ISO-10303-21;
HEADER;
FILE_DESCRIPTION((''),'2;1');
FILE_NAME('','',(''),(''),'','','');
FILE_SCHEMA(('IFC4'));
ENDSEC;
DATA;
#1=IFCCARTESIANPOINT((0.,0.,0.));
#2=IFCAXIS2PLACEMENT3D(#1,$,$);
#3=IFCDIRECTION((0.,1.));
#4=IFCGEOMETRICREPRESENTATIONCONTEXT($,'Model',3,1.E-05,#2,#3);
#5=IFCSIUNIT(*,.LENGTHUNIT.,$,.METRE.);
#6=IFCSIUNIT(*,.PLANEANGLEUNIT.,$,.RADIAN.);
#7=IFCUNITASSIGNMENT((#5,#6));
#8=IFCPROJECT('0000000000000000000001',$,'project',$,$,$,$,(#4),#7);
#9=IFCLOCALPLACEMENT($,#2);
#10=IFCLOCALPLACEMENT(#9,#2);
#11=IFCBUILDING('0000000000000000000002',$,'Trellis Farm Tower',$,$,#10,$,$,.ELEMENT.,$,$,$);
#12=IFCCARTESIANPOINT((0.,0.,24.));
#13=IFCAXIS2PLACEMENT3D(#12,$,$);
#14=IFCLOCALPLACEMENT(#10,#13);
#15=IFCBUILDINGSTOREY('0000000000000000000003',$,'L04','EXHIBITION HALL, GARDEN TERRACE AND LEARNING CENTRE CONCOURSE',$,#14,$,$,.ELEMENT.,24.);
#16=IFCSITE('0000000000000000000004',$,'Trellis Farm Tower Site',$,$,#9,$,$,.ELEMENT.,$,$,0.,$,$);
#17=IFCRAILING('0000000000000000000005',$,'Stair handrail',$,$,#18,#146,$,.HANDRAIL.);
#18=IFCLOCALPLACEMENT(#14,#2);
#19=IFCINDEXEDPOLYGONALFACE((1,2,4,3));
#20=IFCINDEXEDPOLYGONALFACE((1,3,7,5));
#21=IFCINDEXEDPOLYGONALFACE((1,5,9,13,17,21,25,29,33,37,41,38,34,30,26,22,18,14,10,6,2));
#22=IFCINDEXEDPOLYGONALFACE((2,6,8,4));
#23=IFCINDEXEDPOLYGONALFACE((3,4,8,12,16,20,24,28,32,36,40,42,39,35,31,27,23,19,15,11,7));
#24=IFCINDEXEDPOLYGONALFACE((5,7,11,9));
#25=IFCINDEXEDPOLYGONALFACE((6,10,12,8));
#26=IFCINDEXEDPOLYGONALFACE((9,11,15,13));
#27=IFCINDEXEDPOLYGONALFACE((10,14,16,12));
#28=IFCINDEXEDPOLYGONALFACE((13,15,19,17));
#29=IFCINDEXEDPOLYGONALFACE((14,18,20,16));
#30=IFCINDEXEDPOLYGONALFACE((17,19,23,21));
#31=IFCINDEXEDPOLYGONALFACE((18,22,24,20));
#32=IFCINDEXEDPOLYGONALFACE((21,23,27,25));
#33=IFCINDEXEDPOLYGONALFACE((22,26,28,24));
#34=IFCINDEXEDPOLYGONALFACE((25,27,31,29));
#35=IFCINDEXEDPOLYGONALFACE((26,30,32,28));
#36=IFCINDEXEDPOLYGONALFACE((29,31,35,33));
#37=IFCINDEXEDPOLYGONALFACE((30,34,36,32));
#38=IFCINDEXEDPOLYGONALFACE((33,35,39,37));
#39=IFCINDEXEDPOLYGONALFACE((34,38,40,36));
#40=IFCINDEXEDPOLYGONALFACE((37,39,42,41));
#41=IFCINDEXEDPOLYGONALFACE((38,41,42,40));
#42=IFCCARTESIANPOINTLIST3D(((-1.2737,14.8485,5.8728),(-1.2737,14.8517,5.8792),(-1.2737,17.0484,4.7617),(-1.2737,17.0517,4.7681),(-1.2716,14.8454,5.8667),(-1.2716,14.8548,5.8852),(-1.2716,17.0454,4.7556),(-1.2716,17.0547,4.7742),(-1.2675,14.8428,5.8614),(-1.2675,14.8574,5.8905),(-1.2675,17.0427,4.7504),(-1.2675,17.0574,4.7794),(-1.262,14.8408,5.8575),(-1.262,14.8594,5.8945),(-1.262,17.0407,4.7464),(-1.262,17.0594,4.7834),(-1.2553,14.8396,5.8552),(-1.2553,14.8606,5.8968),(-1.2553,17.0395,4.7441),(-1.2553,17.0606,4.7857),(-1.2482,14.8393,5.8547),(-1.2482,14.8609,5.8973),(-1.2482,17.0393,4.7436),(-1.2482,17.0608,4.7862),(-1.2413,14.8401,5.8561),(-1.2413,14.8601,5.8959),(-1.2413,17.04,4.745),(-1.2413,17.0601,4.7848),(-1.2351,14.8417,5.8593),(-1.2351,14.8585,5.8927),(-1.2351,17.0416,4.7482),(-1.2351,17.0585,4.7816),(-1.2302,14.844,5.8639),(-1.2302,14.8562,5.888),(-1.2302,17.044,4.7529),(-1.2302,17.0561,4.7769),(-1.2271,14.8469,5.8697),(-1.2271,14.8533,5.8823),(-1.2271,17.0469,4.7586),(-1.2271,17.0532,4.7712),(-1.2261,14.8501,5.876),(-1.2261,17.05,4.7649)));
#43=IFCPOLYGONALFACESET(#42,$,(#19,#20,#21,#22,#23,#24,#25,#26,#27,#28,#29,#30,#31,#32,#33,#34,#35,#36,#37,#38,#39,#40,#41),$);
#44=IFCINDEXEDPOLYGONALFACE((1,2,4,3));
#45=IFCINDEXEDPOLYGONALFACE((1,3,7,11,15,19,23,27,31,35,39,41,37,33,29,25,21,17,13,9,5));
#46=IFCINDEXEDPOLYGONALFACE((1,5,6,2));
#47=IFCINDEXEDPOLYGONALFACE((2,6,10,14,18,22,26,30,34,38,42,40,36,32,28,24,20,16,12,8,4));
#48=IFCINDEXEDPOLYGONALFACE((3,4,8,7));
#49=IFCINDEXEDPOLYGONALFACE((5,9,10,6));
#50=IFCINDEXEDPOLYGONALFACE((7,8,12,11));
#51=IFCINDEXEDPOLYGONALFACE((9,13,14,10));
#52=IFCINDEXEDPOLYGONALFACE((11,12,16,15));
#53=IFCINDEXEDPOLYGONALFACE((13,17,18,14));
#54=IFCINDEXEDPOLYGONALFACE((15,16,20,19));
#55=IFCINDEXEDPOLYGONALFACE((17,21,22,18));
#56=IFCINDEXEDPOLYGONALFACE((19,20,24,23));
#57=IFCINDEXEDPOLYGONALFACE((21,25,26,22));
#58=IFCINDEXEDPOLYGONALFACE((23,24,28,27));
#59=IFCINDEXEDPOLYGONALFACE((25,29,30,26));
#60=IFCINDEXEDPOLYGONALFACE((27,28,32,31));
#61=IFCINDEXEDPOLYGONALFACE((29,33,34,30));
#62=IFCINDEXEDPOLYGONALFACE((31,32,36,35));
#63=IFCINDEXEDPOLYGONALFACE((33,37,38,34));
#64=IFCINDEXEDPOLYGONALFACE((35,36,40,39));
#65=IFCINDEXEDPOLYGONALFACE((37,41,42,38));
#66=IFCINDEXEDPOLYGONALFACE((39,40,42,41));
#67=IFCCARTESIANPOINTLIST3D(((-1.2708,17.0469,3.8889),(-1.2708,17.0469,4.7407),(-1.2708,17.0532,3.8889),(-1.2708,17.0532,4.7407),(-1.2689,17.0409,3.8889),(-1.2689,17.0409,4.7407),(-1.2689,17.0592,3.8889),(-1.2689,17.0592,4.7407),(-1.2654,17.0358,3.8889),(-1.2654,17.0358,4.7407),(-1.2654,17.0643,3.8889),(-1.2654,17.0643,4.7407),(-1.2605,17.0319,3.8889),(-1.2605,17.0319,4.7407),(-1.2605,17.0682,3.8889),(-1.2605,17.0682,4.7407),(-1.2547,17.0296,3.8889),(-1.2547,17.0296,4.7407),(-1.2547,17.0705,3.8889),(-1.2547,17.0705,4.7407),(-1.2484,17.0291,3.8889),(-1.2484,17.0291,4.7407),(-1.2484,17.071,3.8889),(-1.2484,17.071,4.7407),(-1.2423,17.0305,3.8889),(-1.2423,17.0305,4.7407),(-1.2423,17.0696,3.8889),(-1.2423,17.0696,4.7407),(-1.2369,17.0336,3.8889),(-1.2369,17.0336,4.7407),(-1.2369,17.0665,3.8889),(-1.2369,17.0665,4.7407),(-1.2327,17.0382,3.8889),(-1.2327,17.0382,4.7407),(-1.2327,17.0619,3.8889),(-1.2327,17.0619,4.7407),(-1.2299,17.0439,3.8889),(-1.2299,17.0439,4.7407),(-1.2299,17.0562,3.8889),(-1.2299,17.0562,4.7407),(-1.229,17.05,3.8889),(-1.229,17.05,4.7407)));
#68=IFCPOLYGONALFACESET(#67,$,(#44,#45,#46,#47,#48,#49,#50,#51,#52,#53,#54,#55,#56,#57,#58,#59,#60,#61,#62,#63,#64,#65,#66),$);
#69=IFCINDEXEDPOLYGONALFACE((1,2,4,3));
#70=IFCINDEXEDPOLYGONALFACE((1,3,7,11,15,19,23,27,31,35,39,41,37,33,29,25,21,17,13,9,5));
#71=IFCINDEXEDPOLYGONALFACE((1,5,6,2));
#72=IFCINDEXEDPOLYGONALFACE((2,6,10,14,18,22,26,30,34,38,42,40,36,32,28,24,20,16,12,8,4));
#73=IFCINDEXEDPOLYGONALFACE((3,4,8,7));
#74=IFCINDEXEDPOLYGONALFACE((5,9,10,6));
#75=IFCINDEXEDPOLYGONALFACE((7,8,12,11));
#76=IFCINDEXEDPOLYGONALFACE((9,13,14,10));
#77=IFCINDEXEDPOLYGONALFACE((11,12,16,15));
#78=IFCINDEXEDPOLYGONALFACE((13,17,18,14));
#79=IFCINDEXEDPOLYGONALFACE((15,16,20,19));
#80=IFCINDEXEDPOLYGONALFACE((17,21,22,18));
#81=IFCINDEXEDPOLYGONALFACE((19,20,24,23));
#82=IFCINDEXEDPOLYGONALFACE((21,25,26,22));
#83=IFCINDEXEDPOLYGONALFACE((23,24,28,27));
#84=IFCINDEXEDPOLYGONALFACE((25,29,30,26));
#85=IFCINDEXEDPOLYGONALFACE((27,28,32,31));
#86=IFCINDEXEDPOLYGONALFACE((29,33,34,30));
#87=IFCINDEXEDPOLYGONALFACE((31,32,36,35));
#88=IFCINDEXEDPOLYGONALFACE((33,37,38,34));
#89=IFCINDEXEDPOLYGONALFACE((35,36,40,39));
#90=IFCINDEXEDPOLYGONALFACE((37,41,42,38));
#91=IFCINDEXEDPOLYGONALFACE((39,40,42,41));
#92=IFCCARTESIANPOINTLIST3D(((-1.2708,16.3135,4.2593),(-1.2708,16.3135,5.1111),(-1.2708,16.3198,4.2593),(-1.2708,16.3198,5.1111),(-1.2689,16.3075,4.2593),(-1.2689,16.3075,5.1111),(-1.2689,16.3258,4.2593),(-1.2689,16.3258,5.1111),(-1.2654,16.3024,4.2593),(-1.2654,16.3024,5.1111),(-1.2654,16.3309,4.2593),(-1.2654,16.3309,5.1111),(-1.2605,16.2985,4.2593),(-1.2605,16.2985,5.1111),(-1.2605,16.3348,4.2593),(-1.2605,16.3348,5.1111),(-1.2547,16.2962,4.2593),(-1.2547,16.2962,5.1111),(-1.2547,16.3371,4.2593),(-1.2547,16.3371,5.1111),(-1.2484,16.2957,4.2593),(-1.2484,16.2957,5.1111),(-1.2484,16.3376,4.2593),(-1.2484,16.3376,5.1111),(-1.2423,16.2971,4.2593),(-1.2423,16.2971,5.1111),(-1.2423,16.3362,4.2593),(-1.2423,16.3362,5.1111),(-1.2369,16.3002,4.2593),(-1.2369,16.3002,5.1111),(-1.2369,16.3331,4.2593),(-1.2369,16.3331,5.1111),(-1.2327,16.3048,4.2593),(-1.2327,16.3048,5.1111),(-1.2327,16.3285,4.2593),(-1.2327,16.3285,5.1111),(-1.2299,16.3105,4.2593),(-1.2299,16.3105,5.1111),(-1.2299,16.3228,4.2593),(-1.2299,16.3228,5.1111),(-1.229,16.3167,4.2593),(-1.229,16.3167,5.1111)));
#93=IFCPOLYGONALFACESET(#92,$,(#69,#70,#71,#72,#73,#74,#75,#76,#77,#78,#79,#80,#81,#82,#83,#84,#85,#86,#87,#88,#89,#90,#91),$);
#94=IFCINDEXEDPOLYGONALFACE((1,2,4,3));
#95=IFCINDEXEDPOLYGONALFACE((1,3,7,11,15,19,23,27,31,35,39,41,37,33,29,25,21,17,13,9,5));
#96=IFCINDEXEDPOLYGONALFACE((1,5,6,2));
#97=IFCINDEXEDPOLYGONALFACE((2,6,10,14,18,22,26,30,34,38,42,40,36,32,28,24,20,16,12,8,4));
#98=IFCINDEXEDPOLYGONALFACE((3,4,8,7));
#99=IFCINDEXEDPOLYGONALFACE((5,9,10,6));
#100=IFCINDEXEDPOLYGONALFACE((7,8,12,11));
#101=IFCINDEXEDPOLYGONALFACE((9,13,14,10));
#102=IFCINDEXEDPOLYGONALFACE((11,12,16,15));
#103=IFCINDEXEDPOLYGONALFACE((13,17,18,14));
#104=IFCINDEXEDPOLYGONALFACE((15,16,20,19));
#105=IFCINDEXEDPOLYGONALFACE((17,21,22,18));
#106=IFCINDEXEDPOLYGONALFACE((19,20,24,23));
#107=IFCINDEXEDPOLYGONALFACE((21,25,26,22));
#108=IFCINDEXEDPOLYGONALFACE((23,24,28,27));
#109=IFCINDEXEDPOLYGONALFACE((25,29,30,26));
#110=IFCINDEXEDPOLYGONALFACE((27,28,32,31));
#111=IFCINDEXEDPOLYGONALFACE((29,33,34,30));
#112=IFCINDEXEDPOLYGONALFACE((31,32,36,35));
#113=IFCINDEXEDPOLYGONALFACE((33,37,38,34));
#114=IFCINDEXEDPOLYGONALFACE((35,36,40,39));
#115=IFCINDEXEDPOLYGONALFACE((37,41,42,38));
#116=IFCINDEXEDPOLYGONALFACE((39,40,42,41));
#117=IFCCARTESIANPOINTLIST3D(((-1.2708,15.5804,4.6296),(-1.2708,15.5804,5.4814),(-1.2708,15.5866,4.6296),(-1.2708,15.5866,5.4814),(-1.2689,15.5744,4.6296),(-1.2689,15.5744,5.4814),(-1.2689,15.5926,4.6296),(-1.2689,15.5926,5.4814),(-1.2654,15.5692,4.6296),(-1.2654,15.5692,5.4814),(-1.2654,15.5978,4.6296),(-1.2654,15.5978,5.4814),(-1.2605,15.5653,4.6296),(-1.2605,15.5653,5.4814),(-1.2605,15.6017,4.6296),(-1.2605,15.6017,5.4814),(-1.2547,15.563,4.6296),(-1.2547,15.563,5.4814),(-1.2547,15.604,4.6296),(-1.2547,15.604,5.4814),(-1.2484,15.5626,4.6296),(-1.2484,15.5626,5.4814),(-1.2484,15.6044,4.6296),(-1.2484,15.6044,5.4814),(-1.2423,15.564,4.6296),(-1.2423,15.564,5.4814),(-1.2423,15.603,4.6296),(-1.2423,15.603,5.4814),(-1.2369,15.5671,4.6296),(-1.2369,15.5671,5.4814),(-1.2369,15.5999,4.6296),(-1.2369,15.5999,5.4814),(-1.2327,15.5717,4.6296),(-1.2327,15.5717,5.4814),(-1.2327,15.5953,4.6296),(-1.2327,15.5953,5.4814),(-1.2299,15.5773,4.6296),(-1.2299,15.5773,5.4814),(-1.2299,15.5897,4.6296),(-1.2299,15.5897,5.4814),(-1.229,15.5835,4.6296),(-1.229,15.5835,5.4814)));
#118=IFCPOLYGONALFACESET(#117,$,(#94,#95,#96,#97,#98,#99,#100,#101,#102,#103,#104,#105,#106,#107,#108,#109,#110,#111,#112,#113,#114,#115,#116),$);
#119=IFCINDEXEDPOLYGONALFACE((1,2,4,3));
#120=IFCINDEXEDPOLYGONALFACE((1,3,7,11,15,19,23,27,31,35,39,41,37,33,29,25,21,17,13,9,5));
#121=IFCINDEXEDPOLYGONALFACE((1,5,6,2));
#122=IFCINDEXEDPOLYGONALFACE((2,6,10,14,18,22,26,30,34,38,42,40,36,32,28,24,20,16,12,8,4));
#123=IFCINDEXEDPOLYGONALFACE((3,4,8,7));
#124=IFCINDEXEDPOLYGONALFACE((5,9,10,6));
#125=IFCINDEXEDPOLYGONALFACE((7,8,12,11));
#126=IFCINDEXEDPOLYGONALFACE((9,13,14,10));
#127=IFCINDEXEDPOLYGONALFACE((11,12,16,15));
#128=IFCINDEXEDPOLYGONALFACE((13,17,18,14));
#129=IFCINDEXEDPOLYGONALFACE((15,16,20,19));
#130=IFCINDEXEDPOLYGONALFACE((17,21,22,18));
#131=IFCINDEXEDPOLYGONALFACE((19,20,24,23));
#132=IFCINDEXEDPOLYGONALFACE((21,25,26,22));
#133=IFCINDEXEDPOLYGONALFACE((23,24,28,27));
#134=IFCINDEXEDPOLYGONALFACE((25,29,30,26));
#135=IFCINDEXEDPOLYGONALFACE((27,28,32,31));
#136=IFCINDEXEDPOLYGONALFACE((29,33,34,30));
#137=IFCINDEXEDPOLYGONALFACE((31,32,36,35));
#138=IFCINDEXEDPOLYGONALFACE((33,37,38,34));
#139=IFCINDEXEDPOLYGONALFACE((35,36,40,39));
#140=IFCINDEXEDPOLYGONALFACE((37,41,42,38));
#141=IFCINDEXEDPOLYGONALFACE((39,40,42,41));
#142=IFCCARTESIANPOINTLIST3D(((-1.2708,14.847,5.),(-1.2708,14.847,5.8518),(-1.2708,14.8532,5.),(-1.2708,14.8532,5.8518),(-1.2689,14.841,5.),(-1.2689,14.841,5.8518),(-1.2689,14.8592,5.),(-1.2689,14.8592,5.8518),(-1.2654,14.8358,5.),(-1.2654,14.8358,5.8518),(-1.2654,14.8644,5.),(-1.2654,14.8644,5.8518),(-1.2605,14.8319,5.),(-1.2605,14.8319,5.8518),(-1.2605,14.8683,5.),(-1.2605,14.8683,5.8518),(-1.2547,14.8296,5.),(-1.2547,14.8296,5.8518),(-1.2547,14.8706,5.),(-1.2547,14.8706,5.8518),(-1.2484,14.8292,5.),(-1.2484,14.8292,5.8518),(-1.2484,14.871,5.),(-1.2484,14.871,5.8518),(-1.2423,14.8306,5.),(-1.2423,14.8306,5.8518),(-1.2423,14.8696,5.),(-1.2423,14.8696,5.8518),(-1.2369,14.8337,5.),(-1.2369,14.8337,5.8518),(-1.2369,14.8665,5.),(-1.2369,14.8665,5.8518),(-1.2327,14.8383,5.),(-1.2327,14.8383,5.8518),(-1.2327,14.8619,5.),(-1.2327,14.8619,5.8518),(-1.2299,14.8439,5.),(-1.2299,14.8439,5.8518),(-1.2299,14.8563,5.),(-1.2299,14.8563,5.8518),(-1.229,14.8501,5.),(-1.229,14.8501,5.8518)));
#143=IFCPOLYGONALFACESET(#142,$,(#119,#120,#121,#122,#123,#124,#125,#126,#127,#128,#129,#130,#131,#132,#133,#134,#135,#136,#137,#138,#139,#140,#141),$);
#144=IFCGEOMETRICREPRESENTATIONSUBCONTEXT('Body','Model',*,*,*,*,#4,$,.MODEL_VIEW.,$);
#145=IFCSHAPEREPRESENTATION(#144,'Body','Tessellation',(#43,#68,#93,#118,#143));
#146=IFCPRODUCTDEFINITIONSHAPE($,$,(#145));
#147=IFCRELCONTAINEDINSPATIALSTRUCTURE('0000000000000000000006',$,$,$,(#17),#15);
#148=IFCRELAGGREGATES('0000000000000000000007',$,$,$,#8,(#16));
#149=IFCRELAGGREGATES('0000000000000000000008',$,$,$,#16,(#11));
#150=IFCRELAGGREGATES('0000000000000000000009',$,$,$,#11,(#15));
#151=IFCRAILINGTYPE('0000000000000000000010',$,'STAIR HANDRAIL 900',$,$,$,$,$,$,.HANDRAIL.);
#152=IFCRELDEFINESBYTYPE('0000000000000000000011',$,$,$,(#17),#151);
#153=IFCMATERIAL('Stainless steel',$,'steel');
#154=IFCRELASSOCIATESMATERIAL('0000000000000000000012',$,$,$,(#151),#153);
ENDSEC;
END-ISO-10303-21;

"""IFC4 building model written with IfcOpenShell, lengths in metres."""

from ifc_helpers import new_model, si_unit, direction, frame, origin, origin_2d, place, context, subcontext, project, spatial, circle, extrude, source, transform, mapped, material, type_object, element, save


model = new_model("IFC4")

# Units and contexts
model_context = context("Model", 3, precision=1e-05, world=origin(), true_north=direction((0.0, 1.0)))
body_context = subcontext(model_context, "Body", "Model", "MODEL_VIEW")
ifc_project = project(units=[si_unit("LENGTHUNIT", "METRE"), si_unit("PLANEANGLEUNIT", "RADIAN")], contexts=[model_context])

# Site, building, storey
site_placement = place(None, origin())
site = spatial("IfcSite", under=ifc_project, at=site_placement, Name="Trellis Farm Tower Site", CompositionType="ELEMENT", RefElevation=0.0)
building_placement = place(site_placement, origin())
building = spatial("IfcBuilding", under=site, at=building_placement, Name="Trellis Farm Tower", CompositionType="ELEMENT")
storey_placement = place(building_placement, frame((0.0, 0.0, 24.0)))
storey = spatial("IfcBuildingStorey", under=building, at=storey_placement, Name="L04", Description="EXHIBITION HALL, GARDEN TERRACE AND LEARNING CENTRE CONCOURSE", CompositionType="ELEMENT", Elevation=24.0)

# Railing
ifc_material_1 = material(Name="Stainless steel", Category="steel")
railing_type = type_object("IfcRailingType", Name="STAIR HANDRAIL 900", PredefinedType="HANDRAIL", material=ifc_material_1)
shared_shape_1 = source(origin(), body_context, "Body", "SweptSolid", [
    extrude(circle(Radius=0.0239, at=origin_2d()), frame((0.0, 0.0, 0.876), z_axis=(0.0, -0.892617, 0.450816), x_axis=(1.0, 0.0, 0.0)), (0.0, 0.0, 1.0), 2.4646),
    extrude(circle(Radius=0.021, at=origin_2d()), origin(), (0.0, 0.0, 1.0), 0.8518),
    extrude(circle(Radius=0.021, at=origin_2d()), frame((0.0, -0.7334, 0.3704)), (0.0, 0.0, 1.0), 0.8518),
    extrude(circle(Radius=0.021, at=origin_2d()), frame((0.0, -1.4666, 0.7407)), (0.0, 0.0, 1.0), 0.8518),
    extrude(circle(Radius=0.021, at=origin_2d()), frame((0.0, -2.2, 1.1111)), (0.0, 0.0, 1.0), 0.8518),
])
for number, where, name in (
    (1, (-1.25, 17.05, 3.8889), "Stair handrail"),
):
    element("IfcRailing", number, at=place(storey_placement, frame(where)), inside=storey, type_object=railing_type, Name=name, PredefinedType="HANDRAIL", context=body_context, shape_type="MappedRepresentation", body=[
        mapped(shared_shape_1, transform((0.0, 0.0, 0.0))),
    ])

save(model, "model.ifc")
